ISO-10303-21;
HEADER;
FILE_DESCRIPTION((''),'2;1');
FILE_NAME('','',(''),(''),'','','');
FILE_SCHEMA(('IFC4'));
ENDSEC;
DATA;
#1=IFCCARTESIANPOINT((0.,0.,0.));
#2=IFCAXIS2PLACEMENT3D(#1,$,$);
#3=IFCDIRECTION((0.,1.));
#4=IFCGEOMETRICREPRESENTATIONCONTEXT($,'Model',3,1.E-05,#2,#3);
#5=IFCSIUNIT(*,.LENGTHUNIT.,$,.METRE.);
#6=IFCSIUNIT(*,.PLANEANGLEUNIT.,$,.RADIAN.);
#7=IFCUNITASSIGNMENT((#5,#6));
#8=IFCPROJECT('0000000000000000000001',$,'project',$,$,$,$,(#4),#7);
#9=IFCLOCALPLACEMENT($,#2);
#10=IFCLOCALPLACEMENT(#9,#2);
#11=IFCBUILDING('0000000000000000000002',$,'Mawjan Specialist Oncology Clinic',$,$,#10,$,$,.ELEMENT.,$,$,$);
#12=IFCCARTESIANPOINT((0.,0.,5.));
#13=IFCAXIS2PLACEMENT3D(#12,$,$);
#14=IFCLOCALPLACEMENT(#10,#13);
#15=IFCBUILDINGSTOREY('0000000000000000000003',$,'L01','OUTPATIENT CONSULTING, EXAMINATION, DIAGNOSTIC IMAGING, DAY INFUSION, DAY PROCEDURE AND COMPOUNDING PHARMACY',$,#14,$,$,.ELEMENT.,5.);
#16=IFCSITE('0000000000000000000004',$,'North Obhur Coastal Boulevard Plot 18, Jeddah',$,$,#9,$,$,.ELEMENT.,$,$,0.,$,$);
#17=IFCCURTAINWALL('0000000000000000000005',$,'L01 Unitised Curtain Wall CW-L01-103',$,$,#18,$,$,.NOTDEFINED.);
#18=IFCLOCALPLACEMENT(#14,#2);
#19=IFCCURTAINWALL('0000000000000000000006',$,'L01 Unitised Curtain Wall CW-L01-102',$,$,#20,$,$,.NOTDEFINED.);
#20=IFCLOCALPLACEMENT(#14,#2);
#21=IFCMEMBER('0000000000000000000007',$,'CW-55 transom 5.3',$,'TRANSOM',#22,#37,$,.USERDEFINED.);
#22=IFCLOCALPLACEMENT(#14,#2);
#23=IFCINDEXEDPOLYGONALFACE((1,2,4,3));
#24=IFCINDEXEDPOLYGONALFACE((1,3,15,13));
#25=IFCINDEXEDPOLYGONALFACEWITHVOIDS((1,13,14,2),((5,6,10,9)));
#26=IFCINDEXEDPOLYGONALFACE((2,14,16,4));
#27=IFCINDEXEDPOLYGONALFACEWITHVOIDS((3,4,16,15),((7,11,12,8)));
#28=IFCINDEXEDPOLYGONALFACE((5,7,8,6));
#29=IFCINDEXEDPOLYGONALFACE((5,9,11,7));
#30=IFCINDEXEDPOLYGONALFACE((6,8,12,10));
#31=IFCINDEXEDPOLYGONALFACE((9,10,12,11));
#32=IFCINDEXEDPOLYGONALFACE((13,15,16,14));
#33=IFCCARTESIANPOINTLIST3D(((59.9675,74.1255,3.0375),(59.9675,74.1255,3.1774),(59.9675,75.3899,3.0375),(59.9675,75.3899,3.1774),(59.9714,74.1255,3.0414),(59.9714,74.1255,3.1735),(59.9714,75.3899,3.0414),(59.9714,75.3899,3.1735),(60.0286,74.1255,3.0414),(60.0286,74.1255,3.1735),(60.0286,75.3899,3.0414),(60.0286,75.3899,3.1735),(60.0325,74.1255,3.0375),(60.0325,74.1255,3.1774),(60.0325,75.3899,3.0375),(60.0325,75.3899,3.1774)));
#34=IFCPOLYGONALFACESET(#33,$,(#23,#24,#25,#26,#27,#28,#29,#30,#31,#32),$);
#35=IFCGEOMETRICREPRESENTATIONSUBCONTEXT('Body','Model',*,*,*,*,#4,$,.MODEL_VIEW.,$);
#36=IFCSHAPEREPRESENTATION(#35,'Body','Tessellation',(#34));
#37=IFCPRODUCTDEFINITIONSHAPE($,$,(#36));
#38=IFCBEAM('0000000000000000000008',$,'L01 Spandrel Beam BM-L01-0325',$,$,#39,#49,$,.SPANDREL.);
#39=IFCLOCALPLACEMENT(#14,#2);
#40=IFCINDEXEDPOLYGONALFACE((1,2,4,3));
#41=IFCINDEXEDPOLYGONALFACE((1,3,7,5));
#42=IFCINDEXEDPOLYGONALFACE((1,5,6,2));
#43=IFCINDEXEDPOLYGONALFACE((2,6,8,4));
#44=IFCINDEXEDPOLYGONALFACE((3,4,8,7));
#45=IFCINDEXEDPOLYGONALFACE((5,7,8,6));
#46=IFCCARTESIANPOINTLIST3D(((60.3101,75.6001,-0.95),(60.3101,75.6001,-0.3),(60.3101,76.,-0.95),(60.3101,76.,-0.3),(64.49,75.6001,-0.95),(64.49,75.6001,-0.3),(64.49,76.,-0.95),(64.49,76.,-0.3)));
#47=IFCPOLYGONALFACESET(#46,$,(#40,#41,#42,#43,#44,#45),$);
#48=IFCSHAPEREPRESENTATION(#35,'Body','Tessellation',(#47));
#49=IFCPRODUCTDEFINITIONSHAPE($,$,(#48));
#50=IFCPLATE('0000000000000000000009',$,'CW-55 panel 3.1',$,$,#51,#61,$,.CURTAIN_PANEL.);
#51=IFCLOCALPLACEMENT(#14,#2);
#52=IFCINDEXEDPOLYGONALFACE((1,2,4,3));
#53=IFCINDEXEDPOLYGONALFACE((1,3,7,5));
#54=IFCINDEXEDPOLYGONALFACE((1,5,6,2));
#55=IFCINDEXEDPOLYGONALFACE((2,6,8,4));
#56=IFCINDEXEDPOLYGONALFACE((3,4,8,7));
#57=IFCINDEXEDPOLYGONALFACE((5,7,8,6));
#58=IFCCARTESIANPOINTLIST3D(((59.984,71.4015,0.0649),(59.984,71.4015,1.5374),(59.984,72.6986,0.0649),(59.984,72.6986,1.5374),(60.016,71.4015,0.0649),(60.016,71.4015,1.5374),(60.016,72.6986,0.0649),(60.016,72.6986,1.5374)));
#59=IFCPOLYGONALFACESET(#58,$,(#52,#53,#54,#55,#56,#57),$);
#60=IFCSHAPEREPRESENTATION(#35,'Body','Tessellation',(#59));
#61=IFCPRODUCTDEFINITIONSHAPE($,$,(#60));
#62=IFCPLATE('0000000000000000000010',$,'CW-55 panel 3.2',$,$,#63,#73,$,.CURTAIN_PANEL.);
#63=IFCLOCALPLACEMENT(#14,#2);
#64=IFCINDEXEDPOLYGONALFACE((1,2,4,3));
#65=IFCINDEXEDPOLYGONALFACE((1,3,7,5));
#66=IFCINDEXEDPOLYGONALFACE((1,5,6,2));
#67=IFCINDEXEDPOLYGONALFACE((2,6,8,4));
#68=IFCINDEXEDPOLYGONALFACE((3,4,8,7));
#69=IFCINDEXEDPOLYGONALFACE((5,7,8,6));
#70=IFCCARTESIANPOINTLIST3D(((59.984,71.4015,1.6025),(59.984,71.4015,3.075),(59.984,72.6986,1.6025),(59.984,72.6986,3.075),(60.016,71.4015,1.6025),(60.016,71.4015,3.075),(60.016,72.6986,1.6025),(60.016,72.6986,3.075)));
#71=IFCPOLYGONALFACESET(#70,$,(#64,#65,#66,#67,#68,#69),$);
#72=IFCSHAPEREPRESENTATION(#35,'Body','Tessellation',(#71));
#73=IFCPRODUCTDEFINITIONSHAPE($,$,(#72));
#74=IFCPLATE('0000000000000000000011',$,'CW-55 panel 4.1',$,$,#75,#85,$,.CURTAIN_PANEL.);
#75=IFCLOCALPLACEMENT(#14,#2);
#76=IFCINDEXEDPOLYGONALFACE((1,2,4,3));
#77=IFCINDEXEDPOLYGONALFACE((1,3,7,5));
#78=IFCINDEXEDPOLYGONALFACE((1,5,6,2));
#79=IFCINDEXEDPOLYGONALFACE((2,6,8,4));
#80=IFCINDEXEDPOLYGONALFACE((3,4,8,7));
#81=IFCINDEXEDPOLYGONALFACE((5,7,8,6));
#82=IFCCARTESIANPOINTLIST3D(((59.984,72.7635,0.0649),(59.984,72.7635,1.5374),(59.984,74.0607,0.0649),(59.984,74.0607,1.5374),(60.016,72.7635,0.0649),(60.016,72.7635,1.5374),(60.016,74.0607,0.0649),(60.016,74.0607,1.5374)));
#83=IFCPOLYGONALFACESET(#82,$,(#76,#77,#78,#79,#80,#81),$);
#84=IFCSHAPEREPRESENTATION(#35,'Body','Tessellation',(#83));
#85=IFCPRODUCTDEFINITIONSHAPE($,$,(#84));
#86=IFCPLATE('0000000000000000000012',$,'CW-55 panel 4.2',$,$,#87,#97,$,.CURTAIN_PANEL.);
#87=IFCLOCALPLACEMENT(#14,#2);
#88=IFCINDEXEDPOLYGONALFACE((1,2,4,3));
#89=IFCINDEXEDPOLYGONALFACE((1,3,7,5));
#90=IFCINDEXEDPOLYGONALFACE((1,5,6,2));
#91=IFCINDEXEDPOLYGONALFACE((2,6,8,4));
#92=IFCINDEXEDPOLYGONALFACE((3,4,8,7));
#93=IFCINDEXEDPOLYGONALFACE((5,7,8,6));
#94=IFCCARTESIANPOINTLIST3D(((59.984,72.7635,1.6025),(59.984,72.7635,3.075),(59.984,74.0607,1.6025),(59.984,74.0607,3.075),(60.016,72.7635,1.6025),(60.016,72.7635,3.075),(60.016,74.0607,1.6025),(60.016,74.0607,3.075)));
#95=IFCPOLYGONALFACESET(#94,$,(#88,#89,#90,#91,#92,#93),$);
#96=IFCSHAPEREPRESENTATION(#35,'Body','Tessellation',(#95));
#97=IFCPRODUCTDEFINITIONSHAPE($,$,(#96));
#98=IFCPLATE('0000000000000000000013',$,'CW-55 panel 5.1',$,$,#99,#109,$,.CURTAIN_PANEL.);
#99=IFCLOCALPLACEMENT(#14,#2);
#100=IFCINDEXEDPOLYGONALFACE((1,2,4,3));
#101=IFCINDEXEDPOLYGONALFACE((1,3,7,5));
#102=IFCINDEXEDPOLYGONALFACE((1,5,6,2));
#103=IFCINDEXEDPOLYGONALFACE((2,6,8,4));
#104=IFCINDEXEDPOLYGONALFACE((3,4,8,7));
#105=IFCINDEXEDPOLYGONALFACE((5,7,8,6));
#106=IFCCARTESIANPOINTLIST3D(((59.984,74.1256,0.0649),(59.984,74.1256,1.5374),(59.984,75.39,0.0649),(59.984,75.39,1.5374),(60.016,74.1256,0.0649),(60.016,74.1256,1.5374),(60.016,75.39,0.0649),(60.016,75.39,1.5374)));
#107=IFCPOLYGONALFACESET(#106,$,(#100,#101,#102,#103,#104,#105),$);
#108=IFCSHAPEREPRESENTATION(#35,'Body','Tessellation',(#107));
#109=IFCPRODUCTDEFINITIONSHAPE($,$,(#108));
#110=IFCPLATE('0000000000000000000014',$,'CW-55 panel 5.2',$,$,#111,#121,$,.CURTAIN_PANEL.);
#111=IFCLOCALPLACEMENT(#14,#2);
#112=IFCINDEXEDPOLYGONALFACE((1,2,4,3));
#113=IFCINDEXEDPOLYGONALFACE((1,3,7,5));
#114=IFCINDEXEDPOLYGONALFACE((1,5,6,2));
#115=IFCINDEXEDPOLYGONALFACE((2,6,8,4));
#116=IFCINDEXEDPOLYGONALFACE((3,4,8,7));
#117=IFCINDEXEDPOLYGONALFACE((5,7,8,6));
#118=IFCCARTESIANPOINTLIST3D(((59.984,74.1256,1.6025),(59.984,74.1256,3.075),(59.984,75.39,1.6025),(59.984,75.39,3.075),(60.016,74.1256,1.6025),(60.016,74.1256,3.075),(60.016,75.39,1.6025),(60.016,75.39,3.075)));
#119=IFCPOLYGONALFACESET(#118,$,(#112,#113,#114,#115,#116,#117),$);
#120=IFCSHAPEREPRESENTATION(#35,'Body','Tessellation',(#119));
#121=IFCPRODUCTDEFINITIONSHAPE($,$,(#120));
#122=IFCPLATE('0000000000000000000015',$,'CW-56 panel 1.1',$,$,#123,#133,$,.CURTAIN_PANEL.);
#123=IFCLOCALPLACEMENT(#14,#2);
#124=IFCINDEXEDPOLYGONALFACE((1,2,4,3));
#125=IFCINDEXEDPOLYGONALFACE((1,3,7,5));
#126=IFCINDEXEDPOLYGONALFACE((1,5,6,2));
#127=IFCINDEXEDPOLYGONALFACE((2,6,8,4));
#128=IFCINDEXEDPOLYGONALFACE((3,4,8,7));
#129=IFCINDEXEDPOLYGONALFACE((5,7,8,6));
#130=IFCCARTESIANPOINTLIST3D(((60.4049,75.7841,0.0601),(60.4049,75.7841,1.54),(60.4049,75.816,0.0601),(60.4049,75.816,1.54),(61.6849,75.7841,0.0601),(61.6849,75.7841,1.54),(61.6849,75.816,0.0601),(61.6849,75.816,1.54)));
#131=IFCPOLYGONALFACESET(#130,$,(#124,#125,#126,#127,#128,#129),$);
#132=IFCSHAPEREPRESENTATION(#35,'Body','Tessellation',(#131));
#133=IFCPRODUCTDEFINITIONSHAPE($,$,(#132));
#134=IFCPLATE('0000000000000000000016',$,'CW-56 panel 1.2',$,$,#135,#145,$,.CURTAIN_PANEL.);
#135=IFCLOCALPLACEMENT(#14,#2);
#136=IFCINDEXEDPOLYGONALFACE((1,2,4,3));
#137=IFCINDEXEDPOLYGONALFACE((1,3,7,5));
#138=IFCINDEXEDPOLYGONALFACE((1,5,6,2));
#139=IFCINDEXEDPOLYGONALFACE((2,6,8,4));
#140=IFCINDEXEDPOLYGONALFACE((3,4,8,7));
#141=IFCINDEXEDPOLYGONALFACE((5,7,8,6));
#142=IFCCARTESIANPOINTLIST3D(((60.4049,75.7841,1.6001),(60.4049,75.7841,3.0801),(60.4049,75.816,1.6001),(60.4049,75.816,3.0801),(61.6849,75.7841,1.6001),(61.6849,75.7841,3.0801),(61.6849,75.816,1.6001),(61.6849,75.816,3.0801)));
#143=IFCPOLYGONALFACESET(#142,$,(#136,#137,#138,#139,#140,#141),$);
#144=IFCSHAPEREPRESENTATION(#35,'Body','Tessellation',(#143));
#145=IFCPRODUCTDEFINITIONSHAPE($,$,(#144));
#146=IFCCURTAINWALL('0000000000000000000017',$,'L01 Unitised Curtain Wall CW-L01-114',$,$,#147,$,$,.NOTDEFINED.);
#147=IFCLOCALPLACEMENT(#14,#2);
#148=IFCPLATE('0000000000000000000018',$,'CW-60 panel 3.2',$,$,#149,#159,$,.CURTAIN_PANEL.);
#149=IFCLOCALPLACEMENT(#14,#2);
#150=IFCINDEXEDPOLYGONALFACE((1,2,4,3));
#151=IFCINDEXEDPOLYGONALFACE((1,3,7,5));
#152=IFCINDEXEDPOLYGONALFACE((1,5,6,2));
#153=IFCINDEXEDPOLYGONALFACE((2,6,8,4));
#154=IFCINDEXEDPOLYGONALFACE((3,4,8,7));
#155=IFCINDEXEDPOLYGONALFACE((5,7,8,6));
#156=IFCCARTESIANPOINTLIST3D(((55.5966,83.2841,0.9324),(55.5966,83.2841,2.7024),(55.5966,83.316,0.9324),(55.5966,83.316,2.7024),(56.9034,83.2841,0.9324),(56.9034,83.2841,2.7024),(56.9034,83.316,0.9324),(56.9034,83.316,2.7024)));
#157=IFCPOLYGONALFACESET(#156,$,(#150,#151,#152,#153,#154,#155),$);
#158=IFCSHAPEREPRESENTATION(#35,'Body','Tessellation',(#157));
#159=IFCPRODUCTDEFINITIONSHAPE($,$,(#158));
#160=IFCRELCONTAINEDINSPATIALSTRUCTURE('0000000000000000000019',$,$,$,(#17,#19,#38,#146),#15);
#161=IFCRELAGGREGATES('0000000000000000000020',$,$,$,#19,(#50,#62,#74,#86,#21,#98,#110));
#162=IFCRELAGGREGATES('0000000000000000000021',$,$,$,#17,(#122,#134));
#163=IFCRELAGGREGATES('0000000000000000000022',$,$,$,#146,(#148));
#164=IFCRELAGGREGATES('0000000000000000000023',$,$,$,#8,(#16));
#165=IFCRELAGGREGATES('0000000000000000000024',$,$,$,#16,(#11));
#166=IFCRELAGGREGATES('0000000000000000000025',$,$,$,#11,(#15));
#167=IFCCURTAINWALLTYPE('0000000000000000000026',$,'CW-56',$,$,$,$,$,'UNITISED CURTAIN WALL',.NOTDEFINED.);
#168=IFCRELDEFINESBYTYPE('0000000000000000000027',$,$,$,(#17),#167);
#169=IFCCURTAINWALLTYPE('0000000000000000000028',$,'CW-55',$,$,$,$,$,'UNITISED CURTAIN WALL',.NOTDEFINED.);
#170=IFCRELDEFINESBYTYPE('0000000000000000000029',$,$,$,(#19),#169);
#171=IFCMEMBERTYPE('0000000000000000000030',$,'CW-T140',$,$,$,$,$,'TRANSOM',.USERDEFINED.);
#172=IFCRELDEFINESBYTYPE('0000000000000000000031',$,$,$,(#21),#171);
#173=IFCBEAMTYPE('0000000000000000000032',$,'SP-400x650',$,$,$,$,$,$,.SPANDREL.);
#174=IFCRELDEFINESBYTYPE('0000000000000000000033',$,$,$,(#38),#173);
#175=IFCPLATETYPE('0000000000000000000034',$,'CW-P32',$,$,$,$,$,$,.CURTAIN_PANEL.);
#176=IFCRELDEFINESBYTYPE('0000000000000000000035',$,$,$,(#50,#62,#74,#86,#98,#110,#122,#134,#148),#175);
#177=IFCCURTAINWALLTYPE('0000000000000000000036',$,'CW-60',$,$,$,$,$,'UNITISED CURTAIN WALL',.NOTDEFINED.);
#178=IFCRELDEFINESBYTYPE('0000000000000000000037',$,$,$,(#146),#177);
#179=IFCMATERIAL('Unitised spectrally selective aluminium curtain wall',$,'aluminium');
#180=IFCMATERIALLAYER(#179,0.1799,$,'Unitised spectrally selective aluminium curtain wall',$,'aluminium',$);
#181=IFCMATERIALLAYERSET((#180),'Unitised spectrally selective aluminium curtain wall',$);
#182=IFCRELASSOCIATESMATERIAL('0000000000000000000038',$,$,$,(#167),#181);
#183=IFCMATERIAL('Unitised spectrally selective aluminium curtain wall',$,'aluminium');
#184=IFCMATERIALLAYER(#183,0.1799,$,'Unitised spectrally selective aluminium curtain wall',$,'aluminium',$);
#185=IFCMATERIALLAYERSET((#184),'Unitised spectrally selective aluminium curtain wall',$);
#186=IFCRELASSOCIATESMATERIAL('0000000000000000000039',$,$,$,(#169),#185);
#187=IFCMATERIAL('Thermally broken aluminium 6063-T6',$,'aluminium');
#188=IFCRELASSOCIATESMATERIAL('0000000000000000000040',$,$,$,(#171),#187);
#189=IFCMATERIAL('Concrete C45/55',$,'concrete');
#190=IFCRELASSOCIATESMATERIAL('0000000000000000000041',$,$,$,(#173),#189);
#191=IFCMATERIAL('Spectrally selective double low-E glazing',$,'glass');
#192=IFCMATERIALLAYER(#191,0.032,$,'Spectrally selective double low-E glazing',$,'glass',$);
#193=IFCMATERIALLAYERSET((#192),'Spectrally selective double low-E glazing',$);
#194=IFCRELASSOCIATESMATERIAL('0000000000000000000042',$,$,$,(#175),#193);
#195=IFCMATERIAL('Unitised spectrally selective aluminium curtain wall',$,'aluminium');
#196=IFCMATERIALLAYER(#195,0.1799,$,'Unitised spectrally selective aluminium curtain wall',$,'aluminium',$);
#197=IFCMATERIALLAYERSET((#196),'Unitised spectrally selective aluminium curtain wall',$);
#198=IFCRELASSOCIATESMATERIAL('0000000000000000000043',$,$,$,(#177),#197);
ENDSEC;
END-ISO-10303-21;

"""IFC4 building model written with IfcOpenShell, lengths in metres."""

from ifc_helpers import new_model, si_unit, direction, frame, origin, origin_2d, place, context, subcontext, project, spatial, rectangle, hollow_rectangle, extrude, material, layer, layer_set, material_profile, profile_set, type_object, element, aggregate, save


model = new_model("IFC4")

# Units and contexts
model_context = context("Model", 3, precision=1e-05, world=origin(), true_north=direction((0.0, 1.0)))
body_context = subcontext(model_context, "Body", "Model", "MODEL_VIEW")
ifc_project = project(units=[si_unit("LENGTHUNIT", "METRE"), si_unit("PLANEANGLEUNIT", "RADIAN")], contexts=[model_context])

# Site, building, storey
site_placement = place(None, origin())
site = spatial("IfcSite", under=ifc_project, at=site_placement, Name="North Obhur Coastal Boulevard Plot 18, Jeddah", CompositionType="ELEMENT", RefElevation=0.0)
building_placement = place(site_placement, origin())
building = spatial("IfcBuilding", under=site, at=building_placement, Name="Mawjan Specialist Oncology Clinic", CompositionType="ELEMENT")
storey_placement = place(building_placement, frame((0.0, 0.0, 5.0)))
storey = spatial("IfcBuildingStorey", under=building, at=storey_placement, Name="L01", Description="OUTPATIENT CONSULTING, EXAMINATION, DIAGNOSTIC IMAGING, DAY INFUSION, DAY PROCEDURE AND COMPOUNDING PHARMACY", CompositionType="ELEMENT", Elevation=5.0)

# Curtain walls
ifc_material_1 = material(Name="Unitised spectrally selective aluminium curtain wall", Category="aluminium")
ifc_layer_1 = layer(ifc_material_1, 0.1799, Name="Unitised spectrally selective aluminium curtain wall", Category="aluminium")
ifc_layer_set_1 = layer_set([ifc_layer_1], Name="Unitised spectrally selective aluminium curtain wall")
curtain_wall_type_1 = type_object("IfcCurtainWallType", Name="CW-56", ElementType="UNITISED CURTAIN WALL", PredefinedType="NOTDEFINED", material=ifc_layer_set_1)
curtain_wall_1_placement = place(storey_placement, origin())
curtain_wall_1 = element("IfcCurtainWall", 1, at=curtain_wall_1_placement, inside=storey, type_object=curtain_wall_type_1, Name="L01 Unitised Curtain Wall CW-L01-103", PredefinedType="NOTDEFINED")
ifc_material_2 = material(Name="Unitised spectrally selective aluminium curtain wall", Category="aluminium")
ifc_layer_2 = layer(ifc_material_2, 0.1799, Name="Unitised spectrally selective aluminium curtain wall", Category="aluminium")
ifc_layer_set_2 = layer_set([ifc_layer_2], Name="Unitised spectrally selective aluminium curtain wall")
curtain_wall_type_2 = type_object("IfcCurtainWallType", Name="CW-55", ElementType="UNITISED CURTAIN WALL", PredefinedType="NOTDEFINED", material=ifc_layer_set_2)
curtain_wall_2_placement = place(storey_placement, origin())
curtain_wall_2 = element("IfcCurtainWall", 2, at=curtain_wall_2_placement, inside=storey, type_object=curtain_wall_type_2, Name="L01 Unitised Curtain Wall CW-L01-102", PredefinedType="NOTDEFINED")

# Member
ifc_material_3 = material(Name="Thermally broken aluminium 6063-T6", Category="aluminium")
ifc_material_profile_1 = material_profile(ifc_material_3, hollow_rectangle(XDim=0.0649, YDim=0.1399, WallThickness=0.0039, at=origin_2d()), Name="ALU TRANSOM 140x65x4", Category="aluminium")
ifc_profile_set_1 = profile_set([ifc_material_profile_1], Name="Thermally broken aluminium 6063-T6")
member_type_1 = type_object("IfcMemberType", Name="CW-T140", ElementType="TRANSOM", PredefinedType="USERDEFINED", material=ifc_profile_set_1)
member_1_placement = place(storey_placement, frame((60.0, 74.1255, 3.1074), z_axis=(0.0, 1.0, 0.0), x_axis=(-1.0, 0.0, 0.0)))
member_1 = element("IfcMember", 3, at=member_1_placement, type_object=member_type_1, Name="CW-55 transom 5.3", ObjectType="TRANSOM", PredefinedType="USERDEFINED", context=body_context, shape_type="SweptSolid", body=[
    extrude(hollow_rectangle(XDim=0.0649, YDim=0.1399, WallThickness=0.0039, at=origin_2d()), origin(), (0.0, 0.0, 1.0), 1.2644),
])

# Beam
ifc_material_4 = material(Name="Concrete C45/55", Category="concrete")
ifc_material_profile_2 = material_profile(ifc_material_4, rectangle(XDim=0.3999, YDim=0.6499, at=origin_2d()), Name="RC BM 400x650", Category="concrete")
ifc_profile_set_2 = profile_set([ifc_material_profile_2], Name="Concrete C45/55")
beam_type = type_object("IfcBeamType", Name="SP-400x650", PredefinedType="SPANDREL", material=ifc_profile_set_2)
beam_placement = place(storey_placement, frame((60.3101, 75.8, -0.625), z_axis=(1.0, 0.0, 0.0), x_axis=(0.0, 1.0, 0.0)))
element("IfcBeam", 4, at=beam_placement, inside=storey, type_object=beam_type, Name="L01 Spandrel Beam BM-L01-0325", PredefinedType="SPANDREL", context=body_context, shape_type="SweptSolid", body=[
    extrude(rectangle(XDim=0.3999, YDim=0.6499, at=origin_2d()), origin(), (0.0, 0.0, 1.0), 4.1799),
])

# Plates
ifc_material_5 = material(Name="Spectrally selective double low-E glazing", Category="glass")
ifc_layer_3 = layer(ifc_material_5, 0.032, Name="Spectrally selective double low-E glazing", Category="glass")
ifc_layer_set_3 = layer_set([ifc_layer_3], Name="Spectrally selective double low-E glazing")
plate_type = type_object("IfcPlateType", Name="CW-P32", PredefinedType="CURTAIN_PANEL", material=ifc_layer_set_3)
plate_1_placement = place(storey_placement, frame((60.0, 72.05, 0.0649), z_axis=(0.0, 0.0, 1.0), x_axis=(0.0, 1.0, 0.0)))
plate_1 = element("IfcPlate", 5, at=plate_1_placement, type_object=plate_type, Name="CW-55 panel 3.1", PredefinedType="CURTAIN_PANEL", context=body_context, shape_type="SweptSolid", body=[
    extrude(rectangle(XDim=1.2971, YDim=0.032, at=origin_2d()), origin(), (0.0, 0.0, 1.0), 1.4724),
])
plate_2_placement = place(storey_placement, frame((60.0, 72.05, 1.6025), z_axis=(0.0, 0.0, 1.0), x_axis=(0.0, 1.0, 0.0)))
plate_2 = element("IfcPlate", 6, at=plate_2_placement, type_object=plate_type, Name="CW-55 panel 3.2", PredefinedType="CURTAIN_PANEL", context=body_context, shape_type="SweptSolid", body=[
    extrude(rectangle(XDim=1.2971, YDim=0.032, at=origin_2d()), origin(), (0.0, 0.0, 1.0), 1.4724),
])
plate_3_placement = place(storey_placement, frame((60.0, 73.4121, 0.0649), z_axis=(0.0, 0.0, 1.0), x_axis=(0.0, 1.0, 0.0)))
plate_3 = element("IfcPlate", 7, at=plate_3_placement, type_object=plate_type, Name="CW-55 panel 4.1", PredefinedType="CURTAIN_PANEL", context=body_context, shape_type="SweptSolid", body=[
    extrude(rectangle(XDim=1.2971, YDim=0.032, at=origin_2d()), origin(), (0.0, 0.0, 1.0), 1.4724),
])
plate_4_placement = place(storey_placement, frame((60.0, 73.4121, 1.6025), z_axis=(0.0, 0.0, 1.0), x_axis=(0.0, 1.0, 0.0)))
plate_4 = element("IfcPlate", 8, at=plate_4_placement, type_object=plate_type, Name="CW-55 panel 4.2", PredefinedType="CURTAIN_PANEL", context=body_context, shape_type="SweptSolid", body=[
    extrude(rectangle(XDim=1.2971, YDim=0.032, at=origin_2d()), origin(), (0.0, 0.0, 1.0), 1.4724),
])
plate_5_placement = place(storey_placement, frame((60.0, 74.7578, 0.0649), z_axis=(0.0, 0.0, 1.0), x_axis=(0.0, 1.0, 0.0)))
plate_5 = element("IfcPlate", 9, at=plate_5_placement, type_object=plate_type, Name="CW-55 panel 5.1", PredefinedType="CURTAIN_PANEL", context=body_context, shape_type="SweptSolid", body=[
    extrude(rectangle(XDim=1.2644, YDim=0.032, at=origin_2d()), origin(), (0.0, 0.0, 1.0), 1.4724),
])
plate_6_placement = place(storey_placement, frame((60.0, 74.7578, 1.6025), z_axis=(0.0, 0.0, 1.0), x_axis=(0.0, 1.0, 0.0)))
plate_6 = element("IfcPlate", 10, at=plate_6_placement, type_object=plate_type, Name="CW-55 panel 5.2", PredefinedType="CURTAIN_PANEL", context=body_context, shape_type="SweptSolid", body=[
    extrude(rectangle(XDim=1.2644, YDim=0.032, at=origin_2d()), origin(), (0.0, 0.0, 1.0), 1.4724),
])
aggregate(curtain_wall_2, [plate_1, plate_2, plate_3, plate_4, member_1, plate_5, plate_6])
plate_7_placement = place(storey_placement, frame((61.0449, 75.8, 0.0601), z_axis=(0.0, 0.0, 1.0), x_axis=(1.0, 0.0, 0.0)))
plate_7 = element("IfcPlate", 11, at=plate_7_placement, type_object=plate_type, Name="CW-56 panel 1.1", PredefinedType="CURTAIN_PANEL", context=body_context, shape_type="SweptSolid", body=[
    extrude(rectangle(XDim=1.28, YDim=0.032, at=origin_2d()), origin(), (0.0, 0.0, 1.0), 1.48),
])
plate_8_placement = place(storey_placement, frame((61.0449, 75.8, 1.6001), z_axis=(0.0, 0.0, 1.0), x_axis=(1.0, 0.0, 0.0)))
plate_8 = element("IfcPlate", 12, at=plate_8_placement, type_object=plate_type, Name="CW-56 panel 1.2", PredefinedType="CURTAIN_PANEL", context=body_context, shape_type="SweptSolid", body=[
    extrude(rectangle(XDim=1.28, YDim=0.032, at=origin_2d()), origin(), (0.0, 0.0, 1.0), 1.48),
])
aggregate(curtain_wall_1, [plate_7, plate_8])

# Curtain wall, plate
ifc_material_6 = material(Name="Unitised spectrally selective aluminium curtain wall", Category="aluminium")
ifc_layer_4 = layer(ifc_material_6, 0.1799, Name="Unitised spectrally selective aluminium curtain wall", Category="aluminium")
ifc_layer_set_4 = layer_set([ifc_layer_4], Name="Unitised spectrally selective aluminium curtain wall")
curtain_wall_type_3 = type_object("IfcCurtainWallType", Name="CW-60", ElementType="UNITISED CURTAIN WALL", PredefinedType="NOTDEFINED", material=ifc_layer_set_4)
curtain_wall_3_placement = place(storey_placement, origin())
curtain_wall_3 = element("IfcCurtainWall", 13, at=curtain_wall_3_placement, inside=storey, type_object=curtain_wall_type_3, Name="L01 Unitised Curtain Wall CW-L01-114", PredefinedType="NOTDEFINED")
plate_9_placement = place(storey_placement, frame((56.25, 83.3, 0.9324), z_axis=(0.0, 0.0, 1.0), x_axis=(-1.0, 0.0, 0.0)))
plate_9 = element("IfcPlate", 14, at=plate_9_placement, type_object=plate_type, Name="CW-60 panel 3.2", PredefinedType="CURTAIN_PANEL", context=body_context, shape_type="SweptSolid", body=[
    extrude(rectangle(XDim=1.3069, YDim=0.032, at=origin_2d()), origin(), (0.0, 0.0, 1.0), 1.77),
])
aggregate(curtain_wall_3, [plate_9])

save(model, "model.ifc")
